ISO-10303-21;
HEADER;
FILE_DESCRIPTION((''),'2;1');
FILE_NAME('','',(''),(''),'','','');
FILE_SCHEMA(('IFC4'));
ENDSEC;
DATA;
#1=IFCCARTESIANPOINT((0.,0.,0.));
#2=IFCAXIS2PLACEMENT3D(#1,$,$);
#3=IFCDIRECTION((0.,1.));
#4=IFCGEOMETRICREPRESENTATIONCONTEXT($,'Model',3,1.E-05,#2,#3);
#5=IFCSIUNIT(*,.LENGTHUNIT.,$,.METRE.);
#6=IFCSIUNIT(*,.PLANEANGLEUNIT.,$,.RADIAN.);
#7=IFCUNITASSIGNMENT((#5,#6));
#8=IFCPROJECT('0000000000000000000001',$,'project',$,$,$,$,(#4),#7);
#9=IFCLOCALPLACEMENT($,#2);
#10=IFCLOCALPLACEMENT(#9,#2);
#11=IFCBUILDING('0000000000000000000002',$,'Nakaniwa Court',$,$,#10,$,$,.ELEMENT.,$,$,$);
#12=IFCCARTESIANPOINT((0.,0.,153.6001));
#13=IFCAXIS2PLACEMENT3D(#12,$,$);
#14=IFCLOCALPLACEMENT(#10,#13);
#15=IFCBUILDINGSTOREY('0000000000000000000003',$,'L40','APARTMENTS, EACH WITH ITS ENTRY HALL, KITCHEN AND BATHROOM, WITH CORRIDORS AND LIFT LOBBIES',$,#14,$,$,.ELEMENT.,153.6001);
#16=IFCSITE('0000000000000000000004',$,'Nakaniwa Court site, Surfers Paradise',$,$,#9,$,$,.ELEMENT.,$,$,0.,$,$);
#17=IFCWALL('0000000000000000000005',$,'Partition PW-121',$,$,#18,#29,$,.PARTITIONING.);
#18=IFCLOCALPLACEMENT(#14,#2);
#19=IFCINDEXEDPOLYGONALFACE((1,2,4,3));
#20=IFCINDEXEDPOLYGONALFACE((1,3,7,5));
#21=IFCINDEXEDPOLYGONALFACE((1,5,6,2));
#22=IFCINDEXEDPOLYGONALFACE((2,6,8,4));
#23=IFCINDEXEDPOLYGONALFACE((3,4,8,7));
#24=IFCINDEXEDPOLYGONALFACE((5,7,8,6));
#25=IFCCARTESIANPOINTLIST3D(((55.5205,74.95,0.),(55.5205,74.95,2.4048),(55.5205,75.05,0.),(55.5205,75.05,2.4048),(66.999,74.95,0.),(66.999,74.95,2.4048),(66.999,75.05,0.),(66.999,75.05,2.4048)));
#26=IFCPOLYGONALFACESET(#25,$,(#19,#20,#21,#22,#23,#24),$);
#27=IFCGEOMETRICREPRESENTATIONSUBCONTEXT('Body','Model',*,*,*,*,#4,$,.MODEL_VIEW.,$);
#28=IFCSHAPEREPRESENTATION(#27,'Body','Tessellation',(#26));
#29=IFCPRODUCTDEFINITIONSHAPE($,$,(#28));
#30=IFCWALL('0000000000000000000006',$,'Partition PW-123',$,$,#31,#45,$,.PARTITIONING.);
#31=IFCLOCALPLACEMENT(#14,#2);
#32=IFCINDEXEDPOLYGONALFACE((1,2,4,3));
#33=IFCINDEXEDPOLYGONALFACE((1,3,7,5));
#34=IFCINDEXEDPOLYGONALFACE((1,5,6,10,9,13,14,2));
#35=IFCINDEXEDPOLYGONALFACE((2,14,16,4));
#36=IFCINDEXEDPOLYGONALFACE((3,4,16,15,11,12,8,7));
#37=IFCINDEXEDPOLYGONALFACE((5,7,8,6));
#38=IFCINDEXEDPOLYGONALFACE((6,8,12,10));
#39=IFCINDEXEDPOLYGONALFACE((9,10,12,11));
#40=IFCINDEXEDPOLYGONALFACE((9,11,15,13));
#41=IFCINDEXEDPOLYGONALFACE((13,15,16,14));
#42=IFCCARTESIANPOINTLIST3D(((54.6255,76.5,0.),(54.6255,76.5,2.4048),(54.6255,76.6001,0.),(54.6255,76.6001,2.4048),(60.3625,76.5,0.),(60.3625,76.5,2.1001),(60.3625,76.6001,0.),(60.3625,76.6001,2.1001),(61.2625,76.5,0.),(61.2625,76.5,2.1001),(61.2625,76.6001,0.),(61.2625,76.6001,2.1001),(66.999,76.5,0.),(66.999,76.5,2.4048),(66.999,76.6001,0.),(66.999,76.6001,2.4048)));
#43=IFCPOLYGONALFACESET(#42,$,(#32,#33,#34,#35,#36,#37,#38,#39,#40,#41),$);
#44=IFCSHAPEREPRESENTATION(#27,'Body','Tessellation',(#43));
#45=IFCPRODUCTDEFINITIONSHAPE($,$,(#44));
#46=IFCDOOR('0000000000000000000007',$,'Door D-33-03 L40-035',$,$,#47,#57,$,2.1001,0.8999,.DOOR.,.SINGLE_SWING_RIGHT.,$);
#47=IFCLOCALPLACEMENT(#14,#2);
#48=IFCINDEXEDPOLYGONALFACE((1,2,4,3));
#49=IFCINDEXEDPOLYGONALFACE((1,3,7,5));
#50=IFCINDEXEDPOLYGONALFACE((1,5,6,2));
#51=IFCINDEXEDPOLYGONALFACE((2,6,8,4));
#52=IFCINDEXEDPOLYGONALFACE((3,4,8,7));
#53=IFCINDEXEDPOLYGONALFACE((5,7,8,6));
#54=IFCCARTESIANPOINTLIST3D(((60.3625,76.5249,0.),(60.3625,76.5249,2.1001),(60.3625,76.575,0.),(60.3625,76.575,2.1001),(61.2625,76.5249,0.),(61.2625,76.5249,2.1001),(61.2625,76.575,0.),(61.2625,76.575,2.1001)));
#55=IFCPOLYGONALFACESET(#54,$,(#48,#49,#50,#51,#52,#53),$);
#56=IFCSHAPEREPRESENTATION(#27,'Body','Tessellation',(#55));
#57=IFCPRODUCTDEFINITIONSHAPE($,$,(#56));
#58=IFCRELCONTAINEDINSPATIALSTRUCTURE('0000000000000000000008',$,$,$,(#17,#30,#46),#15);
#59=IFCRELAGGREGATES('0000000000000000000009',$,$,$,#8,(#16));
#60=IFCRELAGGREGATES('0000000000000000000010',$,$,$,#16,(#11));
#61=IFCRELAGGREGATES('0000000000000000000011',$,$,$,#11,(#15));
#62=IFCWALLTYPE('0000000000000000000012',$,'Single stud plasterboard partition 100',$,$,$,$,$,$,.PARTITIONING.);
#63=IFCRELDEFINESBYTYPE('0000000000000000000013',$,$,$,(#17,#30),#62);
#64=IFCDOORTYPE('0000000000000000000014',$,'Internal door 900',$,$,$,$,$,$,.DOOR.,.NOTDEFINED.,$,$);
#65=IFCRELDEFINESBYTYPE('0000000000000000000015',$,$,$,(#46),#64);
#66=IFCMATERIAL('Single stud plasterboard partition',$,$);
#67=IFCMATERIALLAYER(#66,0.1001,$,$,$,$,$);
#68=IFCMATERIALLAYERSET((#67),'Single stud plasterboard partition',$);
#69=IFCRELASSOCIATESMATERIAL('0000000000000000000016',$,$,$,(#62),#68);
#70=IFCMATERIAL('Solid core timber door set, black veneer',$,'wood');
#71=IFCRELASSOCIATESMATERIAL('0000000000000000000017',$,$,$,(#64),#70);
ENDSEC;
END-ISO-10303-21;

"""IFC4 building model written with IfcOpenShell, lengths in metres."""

from ifc_helpers import new_model, si_unit, direction, frame, frame_2d, origin, place, context, subcontext, project, spatial, rectangle, extrude, material, layer, layer_set, type_object, element, fill, save


model = new_model("IFC4")

# Units and contexts
model_context = context("Model", 3, precision=1e-05, world=origin(), true_north=direction((0.0, 1.0)))
body_context = subcontext(model_context, "Body", "Model", "MODEL_VIEW")
ifc_project = project(units=[si_unit("LENGTHUNIT", "METRE"), si_unit("PLANEANGLEUNIT", "RADIAN")], contexts=[model_context])

# Site, building, storey
site_placement = place(None, origin())
site = spatial("IfcSite", under=ifc_project, at=site_placement, Name="Nakaniwa Court site, Surfers Paradise", CompositionType="ELEMENT", RefElevation=0.0)
building_placement = place(site_placement, origin())
building = spatial("IfcBuilding", under=site, at=building_placement, Name="Nakaniwa Court", CompositionType="ELEMENT")
storey_placement = place(building_placement, frame((0.0, 0.0, 153.6001)))
storey = spatial("IfcBuildingStorey", under=building, at=storey_placement, Name="L40", Description="APARTMENTS, EACH WITH ITS ENTRY HALL, KITCHEN AND BATHROOM, WITH CORRIDORS AND LIFT LOBBIES", CompositionType="ELEMENT", Elevation=153.6001)

# Shared definitions
ifc_material_1 = material(Name="Solid core timber door set, black veneer", Category="wood")

# Wall
ifc_material_2 = material(Name="Single stud plasterboard partition")
ifc_layer_1 = layer(ifc_material_2, 0.1001)
ifc_layer_set_1 = layer_set([ifc_layer_1], Name="Single stud plasterboard partition")
wall_type_1 = type_object("IfcWallType", Name="Single stud plasterboard partition 100", PredefinedType="PARTITIONING", material=ifc_layer_set_1)
wall_1_placement = place(storey_placement, frame((55.5205, 75.0, 0.0), z_axis=(0.0, 0.0, 1.0), x_axis=(1.0, 0.0, 0.0)))
element("IfcWall", 1, at=wall_1_placement, inside=storey, type_object=wall_type_1, Name="Partition PW-121", PredefinedType="PARTITIONING", context=body_context, shape_type="SweptSolid", body=[
    extrude(rectangle(XDim=11.4785, YDim=0.1001, at=frame_2d((5.7393, 0.0))), origin(), (0.0, 0.0, 1.0), 2.4048),
])

# Wall, opening, door
wall_2_placement = place(storey_placement, frame((54.6255, 76.55, 0.0), z_axis=(0.0, 0.0, 1.0), x_axis=(1.0, 0.0, 0.0)))
wall_2 = element("IfcWall", 2, at=wall_2_placement, inside=storey, type_object=wall_type_1, Name="Partition PW-123", PredefinedType="PARTITIONING", context=body_context, shape_type="SweptSolid", body=[
    extrude(rectangle(XDim=12.3735, YDim=0.1001, at=frame_2d((6.1868, 0.0))), origin(), (0.0, 0.0, 1.0), 2.4048),
])
opening_1_placement = place(wall_2_placement, frame((5.7371, 0.0, 0.0)))
opening_1 = element("IfcOpeningElement", 3, at=opening_1_placement, cuts=wall_2, PredefinedType="OPENING", context=body_context, shape_type="SweptSolid", body=[
    extrude(rectangle(XDim=0.8999, YDim=2.1001, at=frame_2d((0.45, 1.05))), frame((0.0, 0.0601, 0.0), z_axis=(0.0, -1.0, 0.0), x_axis=(1.0, 0.0, 0.0)), (0.0, 0.0, 1.0), 0.1201),
])
door_type_1 = type_object("IfcDoorType", Name="Internal door 900", OperationType="NOTDEFINED", PredefinedType="DOOR", material=ifc_material_1)
door_1_placement = place(opening_1_placement, origin())
door_1 = element("IfcDoor", 4, at=door_1_placement, inside=storey, type_object=door_type_1, Name="Door D-33-03 L40-035", OperationType="SINGLE_SWING_RIGHT", OverallHeight=2.1001, OverallWidth=0.8999, PredefinedType="DOOR", context=body_context, shape_type="SweptSolid", body=[
    extrude(rectangle(XDim=0.8999, YDim=2.1001, at=frame_2d((0.45, 1.05))), frame((0.0, 0.0249, 0.0), z_axis=(0.0, -1.0, 0.0), x_axis=(1.0, 0.0, 0.0)), (0.0, 0.0, 1.0), 0.05),
])
fill(opening_1, door_1)

save(model, "model.ifc")
